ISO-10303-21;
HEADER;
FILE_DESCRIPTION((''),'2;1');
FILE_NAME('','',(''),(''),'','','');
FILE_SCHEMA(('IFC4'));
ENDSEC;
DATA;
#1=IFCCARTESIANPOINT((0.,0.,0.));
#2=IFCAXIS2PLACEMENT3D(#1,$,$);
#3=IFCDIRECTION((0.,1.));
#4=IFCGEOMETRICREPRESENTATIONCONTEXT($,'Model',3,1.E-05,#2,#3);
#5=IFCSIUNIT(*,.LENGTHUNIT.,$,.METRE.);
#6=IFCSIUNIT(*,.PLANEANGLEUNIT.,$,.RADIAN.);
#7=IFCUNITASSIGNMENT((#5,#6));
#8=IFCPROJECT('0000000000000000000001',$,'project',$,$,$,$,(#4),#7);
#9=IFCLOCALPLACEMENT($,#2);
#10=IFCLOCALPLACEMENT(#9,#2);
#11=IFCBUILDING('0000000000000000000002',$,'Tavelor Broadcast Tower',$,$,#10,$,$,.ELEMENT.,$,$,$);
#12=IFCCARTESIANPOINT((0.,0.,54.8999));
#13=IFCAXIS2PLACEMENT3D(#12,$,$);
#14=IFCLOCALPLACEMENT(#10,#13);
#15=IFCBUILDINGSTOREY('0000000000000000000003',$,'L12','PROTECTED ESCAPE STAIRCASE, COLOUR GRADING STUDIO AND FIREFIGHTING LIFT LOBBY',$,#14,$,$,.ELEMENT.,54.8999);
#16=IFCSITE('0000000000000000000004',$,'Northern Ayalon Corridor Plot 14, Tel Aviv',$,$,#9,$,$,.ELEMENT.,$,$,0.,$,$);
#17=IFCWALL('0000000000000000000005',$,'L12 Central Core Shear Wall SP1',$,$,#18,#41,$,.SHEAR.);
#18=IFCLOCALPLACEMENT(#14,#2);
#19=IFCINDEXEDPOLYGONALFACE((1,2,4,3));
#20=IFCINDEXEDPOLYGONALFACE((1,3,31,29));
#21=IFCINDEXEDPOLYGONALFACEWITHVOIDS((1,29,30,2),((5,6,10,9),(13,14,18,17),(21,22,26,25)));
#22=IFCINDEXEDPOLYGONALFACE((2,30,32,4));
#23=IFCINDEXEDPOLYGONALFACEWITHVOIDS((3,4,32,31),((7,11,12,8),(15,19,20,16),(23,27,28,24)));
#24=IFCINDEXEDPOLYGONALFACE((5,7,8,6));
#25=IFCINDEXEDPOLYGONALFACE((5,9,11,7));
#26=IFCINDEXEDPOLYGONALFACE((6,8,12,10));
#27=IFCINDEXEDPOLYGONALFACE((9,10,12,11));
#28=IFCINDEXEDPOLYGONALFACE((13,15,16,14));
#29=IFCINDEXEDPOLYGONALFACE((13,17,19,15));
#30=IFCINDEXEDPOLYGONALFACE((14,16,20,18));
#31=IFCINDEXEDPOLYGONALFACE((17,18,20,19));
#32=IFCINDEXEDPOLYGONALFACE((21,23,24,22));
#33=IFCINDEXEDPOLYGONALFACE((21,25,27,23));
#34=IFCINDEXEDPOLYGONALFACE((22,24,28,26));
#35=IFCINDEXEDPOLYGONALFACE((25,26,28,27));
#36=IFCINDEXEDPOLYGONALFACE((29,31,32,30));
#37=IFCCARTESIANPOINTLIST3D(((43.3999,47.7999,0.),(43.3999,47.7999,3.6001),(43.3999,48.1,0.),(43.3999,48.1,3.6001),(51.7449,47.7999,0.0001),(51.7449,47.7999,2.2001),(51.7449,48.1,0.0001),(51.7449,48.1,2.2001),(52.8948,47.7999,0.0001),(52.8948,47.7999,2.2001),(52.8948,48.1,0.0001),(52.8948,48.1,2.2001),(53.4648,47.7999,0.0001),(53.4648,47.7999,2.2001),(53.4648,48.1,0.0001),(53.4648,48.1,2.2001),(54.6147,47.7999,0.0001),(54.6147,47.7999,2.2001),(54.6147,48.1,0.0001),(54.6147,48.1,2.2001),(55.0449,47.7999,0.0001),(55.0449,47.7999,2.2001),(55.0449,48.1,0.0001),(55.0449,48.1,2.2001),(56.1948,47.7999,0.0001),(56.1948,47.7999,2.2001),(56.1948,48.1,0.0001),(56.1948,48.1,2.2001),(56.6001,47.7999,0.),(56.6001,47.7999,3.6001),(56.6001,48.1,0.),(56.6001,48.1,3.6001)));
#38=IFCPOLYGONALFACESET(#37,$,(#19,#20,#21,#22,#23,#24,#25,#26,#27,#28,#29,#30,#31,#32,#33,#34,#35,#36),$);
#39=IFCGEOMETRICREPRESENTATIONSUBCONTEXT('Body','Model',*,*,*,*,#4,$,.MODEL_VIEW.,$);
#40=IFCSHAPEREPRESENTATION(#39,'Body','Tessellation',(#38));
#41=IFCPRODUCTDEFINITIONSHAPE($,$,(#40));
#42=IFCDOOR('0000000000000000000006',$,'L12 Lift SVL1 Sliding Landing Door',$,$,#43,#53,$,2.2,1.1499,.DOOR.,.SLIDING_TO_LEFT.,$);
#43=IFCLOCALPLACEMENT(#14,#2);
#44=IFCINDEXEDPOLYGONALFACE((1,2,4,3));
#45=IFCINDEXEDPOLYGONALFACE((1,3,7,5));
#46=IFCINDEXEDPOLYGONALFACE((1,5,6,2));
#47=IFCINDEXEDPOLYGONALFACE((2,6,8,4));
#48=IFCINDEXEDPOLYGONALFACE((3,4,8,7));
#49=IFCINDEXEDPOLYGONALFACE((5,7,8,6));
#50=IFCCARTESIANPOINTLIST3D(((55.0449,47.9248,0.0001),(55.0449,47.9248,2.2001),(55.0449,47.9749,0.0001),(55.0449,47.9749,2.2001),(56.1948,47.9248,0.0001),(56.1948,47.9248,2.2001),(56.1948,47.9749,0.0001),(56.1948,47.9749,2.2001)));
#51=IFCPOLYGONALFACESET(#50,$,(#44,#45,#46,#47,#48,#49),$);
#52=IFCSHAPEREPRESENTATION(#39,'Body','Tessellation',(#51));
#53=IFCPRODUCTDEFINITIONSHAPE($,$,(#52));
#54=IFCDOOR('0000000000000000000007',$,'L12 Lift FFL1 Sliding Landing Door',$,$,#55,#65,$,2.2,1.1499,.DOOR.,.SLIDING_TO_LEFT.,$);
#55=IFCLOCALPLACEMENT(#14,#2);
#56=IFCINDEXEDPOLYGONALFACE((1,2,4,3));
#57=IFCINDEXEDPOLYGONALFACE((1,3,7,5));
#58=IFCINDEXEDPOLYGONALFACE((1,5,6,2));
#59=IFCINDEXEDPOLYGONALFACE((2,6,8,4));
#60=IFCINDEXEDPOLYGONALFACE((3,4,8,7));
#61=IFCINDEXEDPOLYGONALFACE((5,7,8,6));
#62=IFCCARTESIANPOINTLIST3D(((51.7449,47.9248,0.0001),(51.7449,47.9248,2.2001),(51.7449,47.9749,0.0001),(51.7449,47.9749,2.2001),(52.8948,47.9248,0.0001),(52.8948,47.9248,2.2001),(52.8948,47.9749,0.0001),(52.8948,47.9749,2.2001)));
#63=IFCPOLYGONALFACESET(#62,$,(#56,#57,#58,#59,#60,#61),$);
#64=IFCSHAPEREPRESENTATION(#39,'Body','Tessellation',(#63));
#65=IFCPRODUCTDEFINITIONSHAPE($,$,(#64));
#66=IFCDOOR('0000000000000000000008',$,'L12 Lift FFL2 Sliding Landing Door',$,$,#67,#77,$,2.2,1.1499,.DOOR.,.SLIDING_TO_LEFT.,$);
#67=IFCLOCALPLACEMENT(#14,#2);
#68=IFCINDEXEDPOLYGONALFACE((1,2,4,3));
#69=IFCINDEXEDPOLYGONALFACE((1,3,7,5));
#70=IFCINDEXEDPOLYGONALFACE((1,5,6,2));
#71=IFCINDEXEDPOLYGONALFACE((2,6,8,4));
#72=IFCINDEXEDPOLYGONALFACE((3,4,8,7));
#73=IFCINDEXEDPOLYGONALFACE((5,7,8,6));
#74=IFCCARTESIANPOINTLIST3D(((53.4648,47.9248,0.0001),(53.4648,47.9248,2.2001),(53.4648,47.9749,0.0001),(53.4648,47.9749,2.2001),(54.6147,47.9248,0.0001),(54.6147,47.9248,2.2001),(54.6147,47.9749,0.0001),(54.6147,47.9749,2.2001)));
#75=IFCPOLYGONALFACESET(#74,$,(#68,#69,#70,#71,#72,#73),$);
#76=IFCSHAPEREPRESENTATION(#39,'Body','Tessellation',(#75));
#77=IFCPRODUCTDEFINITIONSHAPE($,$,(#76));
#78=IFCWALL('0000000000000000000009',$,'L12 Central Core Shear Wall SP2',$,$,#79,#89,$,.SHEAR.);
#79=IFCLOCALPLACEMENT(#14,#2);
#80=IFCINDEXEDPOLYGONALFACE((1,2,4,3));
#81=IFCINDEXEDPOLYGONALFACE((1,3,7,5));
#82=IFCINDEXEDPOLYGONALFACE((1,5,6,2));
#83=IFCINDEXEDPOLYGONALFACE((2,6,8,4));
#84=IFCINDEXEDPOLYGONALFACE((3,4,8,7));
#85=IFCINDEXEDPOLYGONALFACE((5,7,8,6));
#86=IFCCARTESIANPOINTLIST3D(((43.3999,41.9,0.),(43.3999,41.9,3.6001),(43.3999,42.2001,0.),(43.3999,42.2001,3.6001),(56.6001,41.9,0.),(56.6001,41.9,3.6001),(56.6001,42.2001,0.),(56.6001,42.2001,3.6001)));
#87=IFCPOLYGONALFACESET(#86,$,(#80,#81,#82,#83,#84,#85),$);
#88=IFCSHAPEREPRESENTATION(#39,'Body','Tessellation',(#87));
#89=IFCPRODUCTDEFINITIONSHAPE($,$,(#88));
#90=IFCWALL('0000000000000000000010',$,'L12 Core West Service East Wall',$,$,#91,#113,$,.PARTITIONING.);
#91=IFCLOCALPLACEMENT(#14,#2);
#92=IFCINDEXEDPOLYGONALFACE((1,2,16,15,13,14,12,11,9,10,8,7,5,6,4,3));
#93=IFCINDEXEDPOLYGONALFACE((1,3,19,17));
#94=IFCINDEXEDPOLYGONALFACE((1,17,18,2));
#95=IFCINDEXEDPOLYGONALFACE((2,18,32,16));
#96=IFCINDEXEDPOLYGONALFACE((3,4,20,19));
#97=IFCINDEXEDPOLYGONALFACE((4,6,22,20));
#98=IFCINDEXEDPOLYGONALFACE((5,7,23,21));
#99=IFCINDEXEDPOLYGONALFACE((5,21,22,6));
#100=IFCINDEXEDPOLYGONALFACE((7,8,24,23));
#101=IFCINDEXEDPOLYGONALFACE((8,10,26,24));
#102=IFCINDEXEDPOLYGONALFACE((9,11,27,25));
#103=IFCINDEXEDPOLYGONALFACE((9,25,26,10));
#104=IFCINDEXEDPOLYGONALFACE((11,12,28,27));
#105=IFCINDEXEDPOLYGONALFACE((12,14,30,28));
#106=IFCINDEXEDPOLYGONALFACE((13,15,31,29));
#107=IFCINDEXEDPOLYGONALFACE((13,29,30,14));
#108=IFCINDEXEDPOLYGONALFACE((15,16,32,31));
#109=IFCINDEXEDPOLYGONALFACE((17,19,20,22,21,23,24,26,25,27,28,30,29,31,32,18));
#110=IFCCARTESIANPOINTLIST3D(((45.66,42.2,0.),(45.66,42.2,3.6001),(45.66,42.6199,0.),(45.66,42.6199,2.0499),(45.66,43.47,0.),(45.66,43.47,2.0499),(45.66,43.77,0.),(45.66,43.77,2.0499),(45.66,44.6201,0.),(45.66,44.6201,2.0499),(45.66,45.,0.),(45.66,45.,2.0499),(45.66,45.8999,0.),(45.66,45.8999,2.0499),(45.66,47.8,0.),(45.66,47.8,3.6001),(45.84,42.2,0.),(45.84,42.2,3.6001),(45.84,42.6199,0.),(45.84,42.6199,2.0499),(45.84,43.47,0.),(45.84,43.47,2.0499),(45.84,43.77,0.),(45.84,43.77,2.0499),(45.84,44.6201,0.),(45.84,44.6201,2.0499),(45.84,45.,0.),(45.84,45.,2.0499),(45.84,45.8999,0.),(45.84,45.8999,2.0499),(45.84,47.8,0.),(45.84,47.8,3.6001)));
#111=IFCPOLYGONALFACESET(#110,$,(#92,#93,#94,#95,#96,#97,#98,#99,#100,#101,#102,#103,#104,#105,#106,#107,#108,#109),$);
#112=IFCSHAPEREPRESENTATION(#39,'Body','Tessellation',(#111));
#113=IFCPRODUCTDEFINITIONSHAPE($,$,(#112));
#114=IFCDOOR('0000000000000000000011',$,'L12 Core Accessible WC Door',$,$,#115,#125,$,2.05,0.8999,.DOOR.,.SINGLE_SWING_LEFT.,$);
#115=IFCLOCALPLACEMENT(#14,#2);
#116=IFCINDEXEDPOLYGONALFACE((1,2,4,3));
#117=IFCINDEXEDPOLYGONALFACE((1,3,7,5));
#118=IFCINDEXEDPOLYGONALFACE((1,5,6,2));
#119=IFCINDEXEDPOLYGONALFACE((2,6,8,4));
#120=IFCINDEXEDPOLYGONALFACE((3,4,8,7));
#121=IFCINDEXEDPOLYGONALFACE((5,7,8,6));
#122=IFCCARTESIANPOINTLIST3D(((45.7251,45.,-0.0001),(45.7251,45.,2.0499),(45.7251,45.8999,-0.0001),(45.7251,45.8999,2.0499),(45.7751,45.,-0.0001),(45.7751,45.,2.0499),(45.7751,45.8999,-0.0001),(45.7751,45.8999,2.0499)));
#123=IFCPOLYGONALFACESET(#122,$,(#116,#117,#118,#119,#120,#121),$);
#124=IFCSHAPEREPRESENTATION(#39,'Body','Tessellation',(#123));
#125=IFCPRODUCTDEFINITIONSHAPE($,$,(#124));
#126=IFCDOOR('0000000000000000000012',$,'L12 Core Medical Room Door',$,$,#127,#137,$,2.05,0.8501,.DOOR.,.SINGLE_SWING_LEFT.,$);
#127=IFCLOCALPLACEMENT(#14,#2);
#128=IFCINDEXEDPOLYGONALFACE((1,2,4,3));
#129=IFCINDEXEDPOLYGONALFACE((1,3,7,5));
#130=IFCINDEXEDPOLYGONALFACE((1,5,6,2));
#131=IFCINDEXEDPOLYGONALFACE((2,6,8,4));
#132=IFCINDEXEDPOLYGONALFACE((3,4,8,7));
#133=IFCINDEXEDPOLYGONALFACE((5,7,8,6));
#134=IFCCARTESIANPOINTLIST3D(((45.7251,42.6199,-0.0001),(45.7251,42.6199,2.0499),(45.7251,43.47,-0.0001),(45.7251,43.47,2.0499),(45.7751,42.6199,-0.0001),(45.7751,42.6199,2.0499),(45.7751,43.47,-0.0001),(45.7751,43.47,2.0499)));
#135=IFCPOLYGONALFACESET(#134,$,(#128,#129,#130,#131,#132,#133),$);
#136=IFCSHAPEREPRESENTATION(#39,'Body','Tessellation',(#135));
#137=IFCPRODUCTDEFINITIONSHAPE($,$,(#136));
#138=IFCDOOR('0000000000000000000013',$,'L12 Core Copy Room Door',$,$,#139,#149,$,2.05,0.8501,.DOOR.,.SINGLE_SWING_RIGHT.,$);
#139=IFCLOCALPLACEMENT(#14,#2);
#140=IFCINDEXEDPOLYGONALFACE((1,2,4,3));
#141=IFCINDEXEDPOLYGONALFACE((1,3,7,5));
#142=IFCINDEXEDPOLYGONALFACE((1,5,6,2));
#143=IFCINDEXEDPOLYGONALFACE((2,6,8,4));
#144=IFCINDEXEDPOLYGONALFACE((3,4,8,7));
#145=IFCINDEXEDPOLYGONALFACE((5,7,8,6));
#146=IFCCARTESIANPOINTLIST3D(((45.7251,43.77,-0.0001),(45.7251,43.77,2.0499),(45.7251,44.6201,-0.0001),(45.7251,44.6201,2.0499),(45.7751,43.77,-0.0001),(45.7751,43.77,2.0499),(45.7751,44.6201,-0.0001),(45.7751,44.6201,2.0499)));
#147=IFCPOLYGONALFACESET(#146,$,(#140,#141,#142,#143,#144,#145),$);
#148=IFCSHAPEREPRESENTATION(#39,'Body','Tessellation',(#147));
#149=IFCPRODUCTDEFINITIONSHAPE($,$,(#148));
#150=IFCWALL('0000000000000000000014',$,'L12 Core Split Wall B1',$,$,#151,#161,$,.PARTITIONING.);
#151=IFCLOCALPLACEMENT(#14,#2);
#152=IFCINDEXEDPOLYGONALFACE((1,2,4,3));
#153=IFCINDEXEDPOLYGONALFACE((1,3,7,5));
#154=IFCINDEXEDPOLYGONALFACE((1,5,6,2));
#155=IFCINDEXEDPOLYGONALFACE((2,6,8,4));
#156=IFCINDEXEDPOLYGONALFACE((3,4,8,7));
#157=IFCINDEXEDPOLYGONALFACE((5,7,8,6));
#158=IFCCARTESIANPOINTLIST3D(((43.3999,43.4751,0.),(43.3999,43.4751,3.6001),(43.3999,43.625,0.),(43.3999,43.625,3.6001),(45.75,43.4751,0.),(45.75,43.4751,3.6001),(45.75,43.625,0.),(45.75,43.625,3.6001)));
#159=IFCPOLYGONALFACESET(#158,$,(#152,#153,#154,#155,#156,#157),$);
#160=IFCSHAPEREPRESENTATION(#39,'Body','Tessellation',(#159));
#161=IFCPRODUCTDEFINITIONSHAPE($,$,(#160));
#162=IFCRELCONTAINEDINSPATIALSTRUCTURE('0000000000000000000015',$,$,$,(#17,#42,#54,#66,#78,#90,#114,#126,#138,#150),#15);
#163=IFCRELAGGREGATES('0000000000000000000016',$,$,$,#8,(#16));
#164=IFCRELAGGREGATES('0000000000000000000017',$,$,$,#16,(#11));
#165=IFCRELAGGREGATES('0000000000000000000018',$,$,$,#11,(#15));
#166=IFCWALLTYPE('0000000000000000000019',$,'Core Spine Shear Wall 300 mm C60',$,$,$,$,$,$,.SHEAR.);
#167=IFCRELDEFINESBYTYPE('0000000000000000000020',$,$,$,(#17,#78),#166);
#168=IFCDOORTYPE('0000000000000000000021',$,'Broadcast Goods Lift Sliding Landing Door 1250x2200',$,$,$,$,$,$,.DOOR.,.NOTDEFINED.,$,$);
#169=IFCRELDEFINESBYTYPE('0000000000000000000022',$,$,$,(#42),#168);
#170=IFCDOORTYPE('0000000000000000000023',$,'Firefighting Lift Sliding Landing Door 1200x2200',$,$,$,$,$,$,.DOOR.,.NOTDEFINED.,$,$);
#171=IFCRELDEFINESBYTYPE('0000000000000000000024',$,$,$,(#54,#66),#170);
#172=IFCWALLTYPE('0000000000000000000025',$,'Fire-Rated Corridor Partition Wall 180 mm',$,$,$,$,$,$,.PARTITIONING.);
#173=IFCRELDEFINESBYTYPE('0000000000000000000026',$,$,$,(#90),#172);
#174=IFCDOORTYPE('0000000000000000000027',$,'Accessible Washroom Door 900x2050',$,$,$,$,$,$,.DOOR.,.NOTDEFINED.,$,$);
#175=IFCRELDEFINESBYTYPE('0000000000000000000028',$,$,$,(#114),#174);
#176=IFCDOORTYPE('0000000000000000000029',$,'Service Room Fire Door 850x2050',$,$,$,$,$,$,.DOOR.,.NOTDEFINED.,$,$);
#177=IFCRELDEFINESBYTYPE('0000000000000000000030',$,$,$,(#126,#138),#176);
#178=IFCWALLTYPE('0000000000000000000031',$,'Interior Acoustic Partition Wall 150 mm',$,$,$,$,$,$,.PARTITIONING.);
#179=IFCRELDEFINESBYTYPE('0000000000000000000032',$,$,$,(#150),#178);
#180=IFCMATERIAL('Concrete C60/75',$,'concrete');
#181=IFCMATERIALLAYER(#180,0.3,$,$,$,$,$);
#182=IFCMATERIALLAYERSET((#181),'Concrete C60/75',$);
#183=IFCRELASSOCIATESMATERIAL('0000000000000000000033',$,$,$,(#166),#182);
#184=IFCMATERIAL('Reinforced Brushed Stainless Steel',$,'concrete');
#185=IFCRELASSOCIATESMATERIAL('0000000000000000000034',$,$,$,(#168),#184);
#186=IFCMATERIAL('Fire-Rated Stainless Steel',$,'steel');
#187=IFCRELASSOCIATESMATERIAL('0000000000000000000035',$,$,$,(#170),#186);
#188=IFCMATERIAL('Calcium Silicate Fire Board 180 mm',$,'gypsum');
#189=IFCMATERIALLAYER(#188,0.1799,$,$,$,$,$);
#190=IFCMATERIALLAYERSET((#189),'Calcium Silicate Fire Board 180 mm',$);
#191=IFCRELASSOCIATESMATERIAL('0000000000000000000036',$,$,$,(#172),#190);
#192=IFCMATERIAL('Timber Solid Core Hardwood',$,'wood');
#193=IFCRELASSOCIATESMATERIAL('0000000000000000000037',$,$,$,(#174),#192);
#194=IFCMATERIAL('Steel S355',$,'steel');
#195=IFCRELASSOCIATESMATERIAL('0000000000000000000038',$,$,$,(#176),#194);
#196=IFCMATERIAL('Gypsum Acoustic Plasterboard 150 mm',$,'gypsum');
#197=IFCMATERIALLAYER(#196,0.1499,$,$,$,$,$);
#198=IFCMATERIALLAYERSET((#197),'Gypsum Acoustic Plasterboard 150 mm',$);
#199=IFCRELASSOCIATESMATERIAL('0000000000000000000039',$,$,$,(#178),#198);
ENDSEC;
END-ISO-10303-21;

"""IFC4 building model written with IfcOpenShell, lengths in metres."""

from ifc_helpers import new_model, si_unit, direction, frame, frame_2d, origin, place, context, subcontext, project, spatial, rectangle, extrude, material, layer, layer_set, type_object, element, fill, save


model = new_model("IFC4")

# Units and contexts
model_context = context("Model", 3, precision=1e-05, world=origin(), true_north=direction((0.0, 1.0)))
body_context = subcontext(model_context, "Body", "Model", "MODEL_VIEW")
ifc_project = project(units=[si_unit("LENGTHUNIT", "METRE"), si_unit("PLANEANGLEUNIT", "RADIAN")], contexts=[model_context])

# Site, building, storey
site_placement = place(None, origin())
site = spatial("IfcSite", under=ifc_project, at=site_placement, Name="Northern Ayalon Corridor Plot 14, Tel Aviv", CompositionType="ELEMENT", RefElevation=0.0)
building_placement = place(site_placement, origin())
building = spatial("IfcBuilding", under=site, at=building_placement, Name="Tavelor Broadcast Tower", CompositionType="ELEMENT")
storey_placement = place(building_placement, frame((0.0, 0.0, 54.8999)))
storey = spatial("IfcBuildingStorey", under=building, at=storey_placement, Name="L12", Description="PROTECTED ESCAPE STAIRCASE, COLOUR GRADING STUDIO AND FIREFIGHTING LIFT LOBBY", CompositionType="ELEMENT", Elevation=54.8999)

# Shared definitions
ifc_material_1 = material(Name="Concrete C60/75", Category="concrete")

# Shared definitions
ifc_material_2 = material(Name="Steel S355", Category="steel")

# Wall, openings, doors
ifc_layer_1 = layer(ifc_material_1, 0.3)
ifc_layer_set_1 = layer_set([ifc_layer_1], Name="Concrete C60/75")
wall_type_1 = type_object("IfcWallType", Name="Core Spine Shear Wall 300 mm C60", PredefinedType="SHEAR", material=ifc_layer_set_1)
wall_1_placement = place(storey_placement, frame((43.3999, 47.95, 0.0), z_axis=(0.0, 0.0, 1.0), x_axis=(1.0, 0.0, 0.0)))
wall_1 = element("IfcWall", 1, at=wall_1_placement, inside=storey, type_object=wall_type_1, Name="L12 Central Core Shear Wall SP1", PredefinedType="SHEAR", context=body_context, shape_type="SweptSolid", body=[
    extrude(rectangle(XDim=13.2002, YDim=0.3, at=frame_2d((6.6001, 0.0))), origin(), (0.0, 0.0, 1.0), 3.6001),
])
opening_1_placement = place(wall_1_placement, frame((8.345, 0.0, 0.0)))
opening_1 = element("IfcOpeningElement", 2, at=opening_1_placement, cuts=wall_1, PredefinedType="OPENING", context=body_context, shape_type="SweptSolid", body=[
    extrude(rectangle(XDim=1.1499, YDim=2.2, at=frame_2d((0.575, 1.1001))), frame((0.0, 0.1602, 0.0), z_axis=(0.0, -1.0, 0.0), x_axis=(1.0, 0.0, 0.0)), (0.0, 0.0, 1.0), 0.3201),
])
opening_2_placement = place(wall_1_placement, frame((10.0649, 0.0, 0.0)))
opening_2 = element("IfcOpeningElement", 3, at=opening_2_placement, cuts=wall_1, PredefinedType="OPENING", context=body_context, shape_type="SweptSolid", body=[
    extrude(rectangle(XDim=1.1499, YDim=2.2, at=frame_2d((0.575, 1.1001))), frame((0.0, 0.1602, 0.0), z_axis=(0.0, -1.0, 0.0), x_axis=(1.0, 0.0, 0.0)), (0.0, 0.0, 1.0), 0.3201),
])
opening_3_placement = place(wall_1_placement, frame((11.645, 0.0, 0.0)))
opening_3 = element("IfcOpeningElement", 4, at=opening_3_placement, cuts=wall_1, PredefinedType="OPENING", context=body_context, shape_type="SweptSolid", body=[
    extrude(rectangle(XDim=1.1499, YDim=2.2, at=frame_2d((0.575, 1.1001))), frame((0.0, 0.1602, 0.0), z_axis=(0.0, -1.0, 0.0), x_axis=(1.0, 0.0, 0.0)), (0.0, 0.0, 1.0), 0.3201),
])
ifc_material_3 = material(Name="Reinforced Brushed Stainless Steel", Category="concrete")
door_type_1 = type_object("IfcDoorType", Name="Broadcast Goods Lift Sliding Landing Door 1250x2200", OperationType="NOTDEFINED", PredefinedType="DOOR", material=ifc_material_3)
door_1_placement = place(opening_3_placement, origin())
door_1 = element("IfcDoor", 5, at=door_1_placement, inside=storey, type_object=door_type_1, Name="L12 Lift SVL1 Sliding Landing Door", OperationType="SLIDING_TO_LEFT", OverallHeight=2.2, OverallWidth=1.1499, PredefinedType="DOOR", context=body_context, shape_type="SweptSolid", body=[
    extrude(rectangle(XDim=1.1499, YDim=2.2, at=frame_2d((0.575, 1.1001))), frame((0.0, 0.0249, 0.0), z_axis=(0.0, -1.0, 0.0), x_axis=(1.0, 0.0, 0.0)), (0.0, 0.0, 1.0), 0.05),
])
fill(opening_3, door_1)
ifc_material_4 = material(Name="Fire-Rated Stainless Steel", Category="steel")
door_type_2 = type_object("IfcDoorType", Name="Firefighting Lift Sliding Landing Door 1200x2200", OperationType="NOTDEFINED", PredefinedType="DOOR", material=ifc_material_4)
door_2_placement = place(opening_1_placement, origin())
door_2 = element("IfcDoor", 6, at=door_2_placement, inside=storey, type_object=door_type_2, Name="L12 Lift FFL1 Sliding Landing Door", OperationType="SLIDING_TO_LEFT", OverallHeight=2.2, OverallWidth=1.1499, PredefinedType="DOOR", context=body_context, shape_type="SweptSolid", body=[
    extrude(rectangle(XDim=1.1499, YDim=2.2, at=frame_2d((0.575, 1.1001))), frame((0.0, 0.0249, 0.0), z_axis=(0.0, -1.0, 0.0), x_axis=(1.0, 0.0, 0.0)), (0.0, 0.0, 1.0), 0.05),
])
fill(opening_1, door_2)
door_3_placement = place(opening_2_placement, origin())
door_3 = element("IfcDoor", 7, at=door_3_placement, inside=storey, type_object=door_type_2, Name="L12 Lift FFL2 Sliding Landing Door", OperationType="SLIDING_TO_LEFT", OverallHeight=2.2, OverallWidth=1.1499, PredefinedType="DOOR", context=body_context, shape_type="SweptSolid", body=[
    extrude(rectangle(XDim=1.1499, YDim=2.2, at=frame_2d((0.575, 1.1001))), frame((0.0, 0.0249, 0.0), z_axis=(0.0, -1.0, 0.0), x_axis=(1.0, 0.0, 0.0)), (0.0, 0.0, 1.0), 0.05),
])
fill(opening_2, door_3)

# Wall
wall_2_placement = place(storey_placement, frame((43.3999, 42.05, 0.0), z_axis=(0.0, 0.0, 1.0), x_axis=(1.0, 0.0, 0.0)))
element("IfcWall", 8, at=wall_2_placement, inside=storey, type_object=wall_type_1, Name="L12 Central Core Shear Wall SP2", PredefinedType="SHEAR", context=body_context, shape_type="SweptSolid", body=[
    extrude(rectangle(XDim=13.2002, YDim=0.3, at=frame_2d((6.6001, 0.0))), origin(), (0.0, 0.0, 1.0), 3.6001),
])

# Wall, openings, doors
ifc_material_5 = material(Name="Calcium Silicate Fire Board 180 mm", Category="gypsum")
ifc_layer_2 = layer(ifc_material_5, 0.1799)
ifc_layer_set_2 = layer_set([ifc_layer_2], Name="Calcium Silicate Fire Board 180 mm")
wall_type_2 = type_object("IfcWallType", Name="Fire-Rated Corridor Partition Wall 180 mm", PredefinedType="PARTITIONING", material=ifc_layer_set_2)
wall_3_placement = place(storey_placement, frame((45.75, 42.2, 0.0), z_axis=(0.0, 0.0, 1.0), x_axis=(0.0, 1.0, 0.0)))
wall_3 = element("IfcWall", 9, at=wall_3_placement, inside=storey, type_object=wall_type_2, Name="L12 Core West Service East Wall", PredefinedType="PARTITIONING", context=body_context, shape_type="SweptSolid", body=[
    extrude(rectangle(XDim=5.6001, YDim=0.1799, at=frame_2d((2.8, 0.0))), origin(), (0.0, 0.0, 1.0), 3.6001),
])
opening_4_placement = place(wall_3_placement, frame((0.4199, 0.0, 0.0)))
opening_4 = element("IfcOpeningElement", 10, at=opening_4_placement, cuts=wall_3, PredefinedType="OPENING", context=body_context, shape_type="SweptSolid", body=[
    extrude(rectangle(XDim=0.8501, YDim=2.05, at=frame_2d((0.425, 1.0249))), frame((0.0, 0.1001, 0.0), z_axis=(0.0, -1.0, 0.0), x_axis=(1.0, 0.0, 0.0)), (0.0, 0.0, 1.0), 0.2),
])
opening_5_placement = place(wall_3_placement, frame((1.5701, 0.0, 0.0)))
opening_5 = element("IfcOpeningElement", 11, at=opening_5_placement, cuts=wall_3, PredefinedType="OPENING", context=body_context, shape_type="SweptSolid", body=[
    extrude(rectangle(XDim=0.8501, YDim=2.05, at=frame_2d((0.425, 1.0249))), frame((0.0, 0.1001, 0.0), z_axis=(0.0, -1.0, 0.0), x_axis=(1.0, 0.0, 0.0)), (0.0, 0.0, 1.0), 0.2),
])
opening_6_placement = place(wall_3_placement, frame((2.8, 0.0, 0.0)))
opening_6 = element("IfcOpeningElement", 12, at=opening_6_placement, cuts=wall_3, PredefinedType="OPENING", context=body_context, shape_type="SweptSolid", body=[
    extrude(rectangle(XDim=0.8999, YDim=2.05, at=frame_2d((0.45, 1.0249))), frame((0.0, 0.1001, 0.0), z_axis=(0.0, -1.0, 0.0), x_axis=(1.0, 0.0, 0.0)), (0.0, 0.0, 1.0), 0.2),
])
ifc_material_6 = material(Name="Timber Solid Core Hardwood", Category="wood")
door_type_3 = type_object("IfcDoorType", Name="Accessible Washroom Door 900x2050", OperationType="NOTDEFINED", PredefinedType="DOOR", material=ifc_material_6)
door_4_placement = place(opening_6_placement, origin())
door_4 = element("IfcDoor", 13, at=door_4_placement, inside=storey, type_object=door_type_3, Name="L12 Core Accessible WC Door", OperationType="SINGLE_SWING_LEFT", OverallHeight=2.05, OverallWidth=0.8999, PredefinedType="DOOR", context=body_context, shape_type="SweptSolid", body=[
    extrude(rectangle(XDim=0.8999, YDim=2.05, at=frame_2d((0.45, 1.0249))), frame((0.0, 0.0249, 0.0), z_axis=(0.0, -1.0, 0.0), x_axis=(1.0, 0.0, 0.0)), (0.0, 0.0, 1.0), 0.05),
])
fill(opening_6, door_4)
door_type_4 = type_object("IfcDoorType", Name="Service Room Fire Door 850x2050", OperationType="NOTDEFINED", PredefinedType="DOOR", material=ifc_material_2)
door_5_placement = place(opening_4_placement, origin())
door_5 = element("IfcDoor", 14, at=door_5_placement, inside=storey, type_object=door_type_4, Name="L12 Core Medical Room Door", OperationType="SINGLE_SWING_LEFT", OverallHeight=2.05, OverallWidth=0.8501, PredefinedType="DOOR", context=body_context, shape_type="SweptSolid", body=[
    extrude(rectangle(XDim=0.8501, YDim=2.05, at=frame_2d((0.425, 1.0249))), frame((0.0, 0.0249, 0.0), z_axis=(0.0, -1.0, 0.0), x_axis=(1.0, 0.0, 0.0)), (0.0, 0.0, 1.0), 0.05),
])
fill(opening_4, door_5)
door_6_placement = place(opening_5_placement, origin())
door_6 = element("IfcDoor", 15, at=door_6_placement, inside=storey, type_object=door_type_4, Name="L12 Core Copy Room Door", OperationType="SINGLE_SWING_RIGHT", OverallHeight=2.05, OverallWidth=0.8501, PredefinedType="DOOR", context=body_context, shape_type="SweptSolid", body=[
    extrude(rectangle(XDim=0.8501, YDim=2.05, at=frame_2d((0.425, 1.0249))), frame((0.0, 0.0249, 0.0), z_axis=(0.0, -1.0, 0.0), x_axis=(1.0, 0.0, 0.0)), (0.0, 0.0, 1.0), 0.05),
])
fill(opening_5, door_6)

# Wall
ifc_material_7 = material(Name="Gypsum Acoustic Plasterboard 150 mm", Category="gypsum")
ifc_layer_3 = layer(ifc_material_7, 0.1499)
ifc_layer_set_3 = layer_set([ifc_layer_3], Name="Gypsum Acoustic Plasterboard 150 mm")
wall_type_3 = type_object("IfcWallType", Name="Interior Acoustic Partition Wall 150 mm", PredefinedType="PARTITIONING", material=ifc_layer_set_3)
for number, where, z_axis, x_axis, name in (
    (16, (43.3999, 43.55, 0.0), (0.0, 0.0, 1.0), (1.0, 0.0, 0.0), "L12 Core Split Wall B1"),
):
    element("IfcWall", number, at=place(storey_placement, frame(where, z_axis=z_axis, x_axis=x_axis)), inside=storey, type_object=wall_type_3, Name=name, PredefinedType="PARTITIONING", context=body_context, shape_type="SweptSolid", body=[
        extrude(rectangle(XDim=2.3501, YDim=0.1499, at=frame_2d((1.175, 0.0))), origin(), (0.0, 0.0, 1.0), 3.6001),
    ])

save(model, "model.ifc")
